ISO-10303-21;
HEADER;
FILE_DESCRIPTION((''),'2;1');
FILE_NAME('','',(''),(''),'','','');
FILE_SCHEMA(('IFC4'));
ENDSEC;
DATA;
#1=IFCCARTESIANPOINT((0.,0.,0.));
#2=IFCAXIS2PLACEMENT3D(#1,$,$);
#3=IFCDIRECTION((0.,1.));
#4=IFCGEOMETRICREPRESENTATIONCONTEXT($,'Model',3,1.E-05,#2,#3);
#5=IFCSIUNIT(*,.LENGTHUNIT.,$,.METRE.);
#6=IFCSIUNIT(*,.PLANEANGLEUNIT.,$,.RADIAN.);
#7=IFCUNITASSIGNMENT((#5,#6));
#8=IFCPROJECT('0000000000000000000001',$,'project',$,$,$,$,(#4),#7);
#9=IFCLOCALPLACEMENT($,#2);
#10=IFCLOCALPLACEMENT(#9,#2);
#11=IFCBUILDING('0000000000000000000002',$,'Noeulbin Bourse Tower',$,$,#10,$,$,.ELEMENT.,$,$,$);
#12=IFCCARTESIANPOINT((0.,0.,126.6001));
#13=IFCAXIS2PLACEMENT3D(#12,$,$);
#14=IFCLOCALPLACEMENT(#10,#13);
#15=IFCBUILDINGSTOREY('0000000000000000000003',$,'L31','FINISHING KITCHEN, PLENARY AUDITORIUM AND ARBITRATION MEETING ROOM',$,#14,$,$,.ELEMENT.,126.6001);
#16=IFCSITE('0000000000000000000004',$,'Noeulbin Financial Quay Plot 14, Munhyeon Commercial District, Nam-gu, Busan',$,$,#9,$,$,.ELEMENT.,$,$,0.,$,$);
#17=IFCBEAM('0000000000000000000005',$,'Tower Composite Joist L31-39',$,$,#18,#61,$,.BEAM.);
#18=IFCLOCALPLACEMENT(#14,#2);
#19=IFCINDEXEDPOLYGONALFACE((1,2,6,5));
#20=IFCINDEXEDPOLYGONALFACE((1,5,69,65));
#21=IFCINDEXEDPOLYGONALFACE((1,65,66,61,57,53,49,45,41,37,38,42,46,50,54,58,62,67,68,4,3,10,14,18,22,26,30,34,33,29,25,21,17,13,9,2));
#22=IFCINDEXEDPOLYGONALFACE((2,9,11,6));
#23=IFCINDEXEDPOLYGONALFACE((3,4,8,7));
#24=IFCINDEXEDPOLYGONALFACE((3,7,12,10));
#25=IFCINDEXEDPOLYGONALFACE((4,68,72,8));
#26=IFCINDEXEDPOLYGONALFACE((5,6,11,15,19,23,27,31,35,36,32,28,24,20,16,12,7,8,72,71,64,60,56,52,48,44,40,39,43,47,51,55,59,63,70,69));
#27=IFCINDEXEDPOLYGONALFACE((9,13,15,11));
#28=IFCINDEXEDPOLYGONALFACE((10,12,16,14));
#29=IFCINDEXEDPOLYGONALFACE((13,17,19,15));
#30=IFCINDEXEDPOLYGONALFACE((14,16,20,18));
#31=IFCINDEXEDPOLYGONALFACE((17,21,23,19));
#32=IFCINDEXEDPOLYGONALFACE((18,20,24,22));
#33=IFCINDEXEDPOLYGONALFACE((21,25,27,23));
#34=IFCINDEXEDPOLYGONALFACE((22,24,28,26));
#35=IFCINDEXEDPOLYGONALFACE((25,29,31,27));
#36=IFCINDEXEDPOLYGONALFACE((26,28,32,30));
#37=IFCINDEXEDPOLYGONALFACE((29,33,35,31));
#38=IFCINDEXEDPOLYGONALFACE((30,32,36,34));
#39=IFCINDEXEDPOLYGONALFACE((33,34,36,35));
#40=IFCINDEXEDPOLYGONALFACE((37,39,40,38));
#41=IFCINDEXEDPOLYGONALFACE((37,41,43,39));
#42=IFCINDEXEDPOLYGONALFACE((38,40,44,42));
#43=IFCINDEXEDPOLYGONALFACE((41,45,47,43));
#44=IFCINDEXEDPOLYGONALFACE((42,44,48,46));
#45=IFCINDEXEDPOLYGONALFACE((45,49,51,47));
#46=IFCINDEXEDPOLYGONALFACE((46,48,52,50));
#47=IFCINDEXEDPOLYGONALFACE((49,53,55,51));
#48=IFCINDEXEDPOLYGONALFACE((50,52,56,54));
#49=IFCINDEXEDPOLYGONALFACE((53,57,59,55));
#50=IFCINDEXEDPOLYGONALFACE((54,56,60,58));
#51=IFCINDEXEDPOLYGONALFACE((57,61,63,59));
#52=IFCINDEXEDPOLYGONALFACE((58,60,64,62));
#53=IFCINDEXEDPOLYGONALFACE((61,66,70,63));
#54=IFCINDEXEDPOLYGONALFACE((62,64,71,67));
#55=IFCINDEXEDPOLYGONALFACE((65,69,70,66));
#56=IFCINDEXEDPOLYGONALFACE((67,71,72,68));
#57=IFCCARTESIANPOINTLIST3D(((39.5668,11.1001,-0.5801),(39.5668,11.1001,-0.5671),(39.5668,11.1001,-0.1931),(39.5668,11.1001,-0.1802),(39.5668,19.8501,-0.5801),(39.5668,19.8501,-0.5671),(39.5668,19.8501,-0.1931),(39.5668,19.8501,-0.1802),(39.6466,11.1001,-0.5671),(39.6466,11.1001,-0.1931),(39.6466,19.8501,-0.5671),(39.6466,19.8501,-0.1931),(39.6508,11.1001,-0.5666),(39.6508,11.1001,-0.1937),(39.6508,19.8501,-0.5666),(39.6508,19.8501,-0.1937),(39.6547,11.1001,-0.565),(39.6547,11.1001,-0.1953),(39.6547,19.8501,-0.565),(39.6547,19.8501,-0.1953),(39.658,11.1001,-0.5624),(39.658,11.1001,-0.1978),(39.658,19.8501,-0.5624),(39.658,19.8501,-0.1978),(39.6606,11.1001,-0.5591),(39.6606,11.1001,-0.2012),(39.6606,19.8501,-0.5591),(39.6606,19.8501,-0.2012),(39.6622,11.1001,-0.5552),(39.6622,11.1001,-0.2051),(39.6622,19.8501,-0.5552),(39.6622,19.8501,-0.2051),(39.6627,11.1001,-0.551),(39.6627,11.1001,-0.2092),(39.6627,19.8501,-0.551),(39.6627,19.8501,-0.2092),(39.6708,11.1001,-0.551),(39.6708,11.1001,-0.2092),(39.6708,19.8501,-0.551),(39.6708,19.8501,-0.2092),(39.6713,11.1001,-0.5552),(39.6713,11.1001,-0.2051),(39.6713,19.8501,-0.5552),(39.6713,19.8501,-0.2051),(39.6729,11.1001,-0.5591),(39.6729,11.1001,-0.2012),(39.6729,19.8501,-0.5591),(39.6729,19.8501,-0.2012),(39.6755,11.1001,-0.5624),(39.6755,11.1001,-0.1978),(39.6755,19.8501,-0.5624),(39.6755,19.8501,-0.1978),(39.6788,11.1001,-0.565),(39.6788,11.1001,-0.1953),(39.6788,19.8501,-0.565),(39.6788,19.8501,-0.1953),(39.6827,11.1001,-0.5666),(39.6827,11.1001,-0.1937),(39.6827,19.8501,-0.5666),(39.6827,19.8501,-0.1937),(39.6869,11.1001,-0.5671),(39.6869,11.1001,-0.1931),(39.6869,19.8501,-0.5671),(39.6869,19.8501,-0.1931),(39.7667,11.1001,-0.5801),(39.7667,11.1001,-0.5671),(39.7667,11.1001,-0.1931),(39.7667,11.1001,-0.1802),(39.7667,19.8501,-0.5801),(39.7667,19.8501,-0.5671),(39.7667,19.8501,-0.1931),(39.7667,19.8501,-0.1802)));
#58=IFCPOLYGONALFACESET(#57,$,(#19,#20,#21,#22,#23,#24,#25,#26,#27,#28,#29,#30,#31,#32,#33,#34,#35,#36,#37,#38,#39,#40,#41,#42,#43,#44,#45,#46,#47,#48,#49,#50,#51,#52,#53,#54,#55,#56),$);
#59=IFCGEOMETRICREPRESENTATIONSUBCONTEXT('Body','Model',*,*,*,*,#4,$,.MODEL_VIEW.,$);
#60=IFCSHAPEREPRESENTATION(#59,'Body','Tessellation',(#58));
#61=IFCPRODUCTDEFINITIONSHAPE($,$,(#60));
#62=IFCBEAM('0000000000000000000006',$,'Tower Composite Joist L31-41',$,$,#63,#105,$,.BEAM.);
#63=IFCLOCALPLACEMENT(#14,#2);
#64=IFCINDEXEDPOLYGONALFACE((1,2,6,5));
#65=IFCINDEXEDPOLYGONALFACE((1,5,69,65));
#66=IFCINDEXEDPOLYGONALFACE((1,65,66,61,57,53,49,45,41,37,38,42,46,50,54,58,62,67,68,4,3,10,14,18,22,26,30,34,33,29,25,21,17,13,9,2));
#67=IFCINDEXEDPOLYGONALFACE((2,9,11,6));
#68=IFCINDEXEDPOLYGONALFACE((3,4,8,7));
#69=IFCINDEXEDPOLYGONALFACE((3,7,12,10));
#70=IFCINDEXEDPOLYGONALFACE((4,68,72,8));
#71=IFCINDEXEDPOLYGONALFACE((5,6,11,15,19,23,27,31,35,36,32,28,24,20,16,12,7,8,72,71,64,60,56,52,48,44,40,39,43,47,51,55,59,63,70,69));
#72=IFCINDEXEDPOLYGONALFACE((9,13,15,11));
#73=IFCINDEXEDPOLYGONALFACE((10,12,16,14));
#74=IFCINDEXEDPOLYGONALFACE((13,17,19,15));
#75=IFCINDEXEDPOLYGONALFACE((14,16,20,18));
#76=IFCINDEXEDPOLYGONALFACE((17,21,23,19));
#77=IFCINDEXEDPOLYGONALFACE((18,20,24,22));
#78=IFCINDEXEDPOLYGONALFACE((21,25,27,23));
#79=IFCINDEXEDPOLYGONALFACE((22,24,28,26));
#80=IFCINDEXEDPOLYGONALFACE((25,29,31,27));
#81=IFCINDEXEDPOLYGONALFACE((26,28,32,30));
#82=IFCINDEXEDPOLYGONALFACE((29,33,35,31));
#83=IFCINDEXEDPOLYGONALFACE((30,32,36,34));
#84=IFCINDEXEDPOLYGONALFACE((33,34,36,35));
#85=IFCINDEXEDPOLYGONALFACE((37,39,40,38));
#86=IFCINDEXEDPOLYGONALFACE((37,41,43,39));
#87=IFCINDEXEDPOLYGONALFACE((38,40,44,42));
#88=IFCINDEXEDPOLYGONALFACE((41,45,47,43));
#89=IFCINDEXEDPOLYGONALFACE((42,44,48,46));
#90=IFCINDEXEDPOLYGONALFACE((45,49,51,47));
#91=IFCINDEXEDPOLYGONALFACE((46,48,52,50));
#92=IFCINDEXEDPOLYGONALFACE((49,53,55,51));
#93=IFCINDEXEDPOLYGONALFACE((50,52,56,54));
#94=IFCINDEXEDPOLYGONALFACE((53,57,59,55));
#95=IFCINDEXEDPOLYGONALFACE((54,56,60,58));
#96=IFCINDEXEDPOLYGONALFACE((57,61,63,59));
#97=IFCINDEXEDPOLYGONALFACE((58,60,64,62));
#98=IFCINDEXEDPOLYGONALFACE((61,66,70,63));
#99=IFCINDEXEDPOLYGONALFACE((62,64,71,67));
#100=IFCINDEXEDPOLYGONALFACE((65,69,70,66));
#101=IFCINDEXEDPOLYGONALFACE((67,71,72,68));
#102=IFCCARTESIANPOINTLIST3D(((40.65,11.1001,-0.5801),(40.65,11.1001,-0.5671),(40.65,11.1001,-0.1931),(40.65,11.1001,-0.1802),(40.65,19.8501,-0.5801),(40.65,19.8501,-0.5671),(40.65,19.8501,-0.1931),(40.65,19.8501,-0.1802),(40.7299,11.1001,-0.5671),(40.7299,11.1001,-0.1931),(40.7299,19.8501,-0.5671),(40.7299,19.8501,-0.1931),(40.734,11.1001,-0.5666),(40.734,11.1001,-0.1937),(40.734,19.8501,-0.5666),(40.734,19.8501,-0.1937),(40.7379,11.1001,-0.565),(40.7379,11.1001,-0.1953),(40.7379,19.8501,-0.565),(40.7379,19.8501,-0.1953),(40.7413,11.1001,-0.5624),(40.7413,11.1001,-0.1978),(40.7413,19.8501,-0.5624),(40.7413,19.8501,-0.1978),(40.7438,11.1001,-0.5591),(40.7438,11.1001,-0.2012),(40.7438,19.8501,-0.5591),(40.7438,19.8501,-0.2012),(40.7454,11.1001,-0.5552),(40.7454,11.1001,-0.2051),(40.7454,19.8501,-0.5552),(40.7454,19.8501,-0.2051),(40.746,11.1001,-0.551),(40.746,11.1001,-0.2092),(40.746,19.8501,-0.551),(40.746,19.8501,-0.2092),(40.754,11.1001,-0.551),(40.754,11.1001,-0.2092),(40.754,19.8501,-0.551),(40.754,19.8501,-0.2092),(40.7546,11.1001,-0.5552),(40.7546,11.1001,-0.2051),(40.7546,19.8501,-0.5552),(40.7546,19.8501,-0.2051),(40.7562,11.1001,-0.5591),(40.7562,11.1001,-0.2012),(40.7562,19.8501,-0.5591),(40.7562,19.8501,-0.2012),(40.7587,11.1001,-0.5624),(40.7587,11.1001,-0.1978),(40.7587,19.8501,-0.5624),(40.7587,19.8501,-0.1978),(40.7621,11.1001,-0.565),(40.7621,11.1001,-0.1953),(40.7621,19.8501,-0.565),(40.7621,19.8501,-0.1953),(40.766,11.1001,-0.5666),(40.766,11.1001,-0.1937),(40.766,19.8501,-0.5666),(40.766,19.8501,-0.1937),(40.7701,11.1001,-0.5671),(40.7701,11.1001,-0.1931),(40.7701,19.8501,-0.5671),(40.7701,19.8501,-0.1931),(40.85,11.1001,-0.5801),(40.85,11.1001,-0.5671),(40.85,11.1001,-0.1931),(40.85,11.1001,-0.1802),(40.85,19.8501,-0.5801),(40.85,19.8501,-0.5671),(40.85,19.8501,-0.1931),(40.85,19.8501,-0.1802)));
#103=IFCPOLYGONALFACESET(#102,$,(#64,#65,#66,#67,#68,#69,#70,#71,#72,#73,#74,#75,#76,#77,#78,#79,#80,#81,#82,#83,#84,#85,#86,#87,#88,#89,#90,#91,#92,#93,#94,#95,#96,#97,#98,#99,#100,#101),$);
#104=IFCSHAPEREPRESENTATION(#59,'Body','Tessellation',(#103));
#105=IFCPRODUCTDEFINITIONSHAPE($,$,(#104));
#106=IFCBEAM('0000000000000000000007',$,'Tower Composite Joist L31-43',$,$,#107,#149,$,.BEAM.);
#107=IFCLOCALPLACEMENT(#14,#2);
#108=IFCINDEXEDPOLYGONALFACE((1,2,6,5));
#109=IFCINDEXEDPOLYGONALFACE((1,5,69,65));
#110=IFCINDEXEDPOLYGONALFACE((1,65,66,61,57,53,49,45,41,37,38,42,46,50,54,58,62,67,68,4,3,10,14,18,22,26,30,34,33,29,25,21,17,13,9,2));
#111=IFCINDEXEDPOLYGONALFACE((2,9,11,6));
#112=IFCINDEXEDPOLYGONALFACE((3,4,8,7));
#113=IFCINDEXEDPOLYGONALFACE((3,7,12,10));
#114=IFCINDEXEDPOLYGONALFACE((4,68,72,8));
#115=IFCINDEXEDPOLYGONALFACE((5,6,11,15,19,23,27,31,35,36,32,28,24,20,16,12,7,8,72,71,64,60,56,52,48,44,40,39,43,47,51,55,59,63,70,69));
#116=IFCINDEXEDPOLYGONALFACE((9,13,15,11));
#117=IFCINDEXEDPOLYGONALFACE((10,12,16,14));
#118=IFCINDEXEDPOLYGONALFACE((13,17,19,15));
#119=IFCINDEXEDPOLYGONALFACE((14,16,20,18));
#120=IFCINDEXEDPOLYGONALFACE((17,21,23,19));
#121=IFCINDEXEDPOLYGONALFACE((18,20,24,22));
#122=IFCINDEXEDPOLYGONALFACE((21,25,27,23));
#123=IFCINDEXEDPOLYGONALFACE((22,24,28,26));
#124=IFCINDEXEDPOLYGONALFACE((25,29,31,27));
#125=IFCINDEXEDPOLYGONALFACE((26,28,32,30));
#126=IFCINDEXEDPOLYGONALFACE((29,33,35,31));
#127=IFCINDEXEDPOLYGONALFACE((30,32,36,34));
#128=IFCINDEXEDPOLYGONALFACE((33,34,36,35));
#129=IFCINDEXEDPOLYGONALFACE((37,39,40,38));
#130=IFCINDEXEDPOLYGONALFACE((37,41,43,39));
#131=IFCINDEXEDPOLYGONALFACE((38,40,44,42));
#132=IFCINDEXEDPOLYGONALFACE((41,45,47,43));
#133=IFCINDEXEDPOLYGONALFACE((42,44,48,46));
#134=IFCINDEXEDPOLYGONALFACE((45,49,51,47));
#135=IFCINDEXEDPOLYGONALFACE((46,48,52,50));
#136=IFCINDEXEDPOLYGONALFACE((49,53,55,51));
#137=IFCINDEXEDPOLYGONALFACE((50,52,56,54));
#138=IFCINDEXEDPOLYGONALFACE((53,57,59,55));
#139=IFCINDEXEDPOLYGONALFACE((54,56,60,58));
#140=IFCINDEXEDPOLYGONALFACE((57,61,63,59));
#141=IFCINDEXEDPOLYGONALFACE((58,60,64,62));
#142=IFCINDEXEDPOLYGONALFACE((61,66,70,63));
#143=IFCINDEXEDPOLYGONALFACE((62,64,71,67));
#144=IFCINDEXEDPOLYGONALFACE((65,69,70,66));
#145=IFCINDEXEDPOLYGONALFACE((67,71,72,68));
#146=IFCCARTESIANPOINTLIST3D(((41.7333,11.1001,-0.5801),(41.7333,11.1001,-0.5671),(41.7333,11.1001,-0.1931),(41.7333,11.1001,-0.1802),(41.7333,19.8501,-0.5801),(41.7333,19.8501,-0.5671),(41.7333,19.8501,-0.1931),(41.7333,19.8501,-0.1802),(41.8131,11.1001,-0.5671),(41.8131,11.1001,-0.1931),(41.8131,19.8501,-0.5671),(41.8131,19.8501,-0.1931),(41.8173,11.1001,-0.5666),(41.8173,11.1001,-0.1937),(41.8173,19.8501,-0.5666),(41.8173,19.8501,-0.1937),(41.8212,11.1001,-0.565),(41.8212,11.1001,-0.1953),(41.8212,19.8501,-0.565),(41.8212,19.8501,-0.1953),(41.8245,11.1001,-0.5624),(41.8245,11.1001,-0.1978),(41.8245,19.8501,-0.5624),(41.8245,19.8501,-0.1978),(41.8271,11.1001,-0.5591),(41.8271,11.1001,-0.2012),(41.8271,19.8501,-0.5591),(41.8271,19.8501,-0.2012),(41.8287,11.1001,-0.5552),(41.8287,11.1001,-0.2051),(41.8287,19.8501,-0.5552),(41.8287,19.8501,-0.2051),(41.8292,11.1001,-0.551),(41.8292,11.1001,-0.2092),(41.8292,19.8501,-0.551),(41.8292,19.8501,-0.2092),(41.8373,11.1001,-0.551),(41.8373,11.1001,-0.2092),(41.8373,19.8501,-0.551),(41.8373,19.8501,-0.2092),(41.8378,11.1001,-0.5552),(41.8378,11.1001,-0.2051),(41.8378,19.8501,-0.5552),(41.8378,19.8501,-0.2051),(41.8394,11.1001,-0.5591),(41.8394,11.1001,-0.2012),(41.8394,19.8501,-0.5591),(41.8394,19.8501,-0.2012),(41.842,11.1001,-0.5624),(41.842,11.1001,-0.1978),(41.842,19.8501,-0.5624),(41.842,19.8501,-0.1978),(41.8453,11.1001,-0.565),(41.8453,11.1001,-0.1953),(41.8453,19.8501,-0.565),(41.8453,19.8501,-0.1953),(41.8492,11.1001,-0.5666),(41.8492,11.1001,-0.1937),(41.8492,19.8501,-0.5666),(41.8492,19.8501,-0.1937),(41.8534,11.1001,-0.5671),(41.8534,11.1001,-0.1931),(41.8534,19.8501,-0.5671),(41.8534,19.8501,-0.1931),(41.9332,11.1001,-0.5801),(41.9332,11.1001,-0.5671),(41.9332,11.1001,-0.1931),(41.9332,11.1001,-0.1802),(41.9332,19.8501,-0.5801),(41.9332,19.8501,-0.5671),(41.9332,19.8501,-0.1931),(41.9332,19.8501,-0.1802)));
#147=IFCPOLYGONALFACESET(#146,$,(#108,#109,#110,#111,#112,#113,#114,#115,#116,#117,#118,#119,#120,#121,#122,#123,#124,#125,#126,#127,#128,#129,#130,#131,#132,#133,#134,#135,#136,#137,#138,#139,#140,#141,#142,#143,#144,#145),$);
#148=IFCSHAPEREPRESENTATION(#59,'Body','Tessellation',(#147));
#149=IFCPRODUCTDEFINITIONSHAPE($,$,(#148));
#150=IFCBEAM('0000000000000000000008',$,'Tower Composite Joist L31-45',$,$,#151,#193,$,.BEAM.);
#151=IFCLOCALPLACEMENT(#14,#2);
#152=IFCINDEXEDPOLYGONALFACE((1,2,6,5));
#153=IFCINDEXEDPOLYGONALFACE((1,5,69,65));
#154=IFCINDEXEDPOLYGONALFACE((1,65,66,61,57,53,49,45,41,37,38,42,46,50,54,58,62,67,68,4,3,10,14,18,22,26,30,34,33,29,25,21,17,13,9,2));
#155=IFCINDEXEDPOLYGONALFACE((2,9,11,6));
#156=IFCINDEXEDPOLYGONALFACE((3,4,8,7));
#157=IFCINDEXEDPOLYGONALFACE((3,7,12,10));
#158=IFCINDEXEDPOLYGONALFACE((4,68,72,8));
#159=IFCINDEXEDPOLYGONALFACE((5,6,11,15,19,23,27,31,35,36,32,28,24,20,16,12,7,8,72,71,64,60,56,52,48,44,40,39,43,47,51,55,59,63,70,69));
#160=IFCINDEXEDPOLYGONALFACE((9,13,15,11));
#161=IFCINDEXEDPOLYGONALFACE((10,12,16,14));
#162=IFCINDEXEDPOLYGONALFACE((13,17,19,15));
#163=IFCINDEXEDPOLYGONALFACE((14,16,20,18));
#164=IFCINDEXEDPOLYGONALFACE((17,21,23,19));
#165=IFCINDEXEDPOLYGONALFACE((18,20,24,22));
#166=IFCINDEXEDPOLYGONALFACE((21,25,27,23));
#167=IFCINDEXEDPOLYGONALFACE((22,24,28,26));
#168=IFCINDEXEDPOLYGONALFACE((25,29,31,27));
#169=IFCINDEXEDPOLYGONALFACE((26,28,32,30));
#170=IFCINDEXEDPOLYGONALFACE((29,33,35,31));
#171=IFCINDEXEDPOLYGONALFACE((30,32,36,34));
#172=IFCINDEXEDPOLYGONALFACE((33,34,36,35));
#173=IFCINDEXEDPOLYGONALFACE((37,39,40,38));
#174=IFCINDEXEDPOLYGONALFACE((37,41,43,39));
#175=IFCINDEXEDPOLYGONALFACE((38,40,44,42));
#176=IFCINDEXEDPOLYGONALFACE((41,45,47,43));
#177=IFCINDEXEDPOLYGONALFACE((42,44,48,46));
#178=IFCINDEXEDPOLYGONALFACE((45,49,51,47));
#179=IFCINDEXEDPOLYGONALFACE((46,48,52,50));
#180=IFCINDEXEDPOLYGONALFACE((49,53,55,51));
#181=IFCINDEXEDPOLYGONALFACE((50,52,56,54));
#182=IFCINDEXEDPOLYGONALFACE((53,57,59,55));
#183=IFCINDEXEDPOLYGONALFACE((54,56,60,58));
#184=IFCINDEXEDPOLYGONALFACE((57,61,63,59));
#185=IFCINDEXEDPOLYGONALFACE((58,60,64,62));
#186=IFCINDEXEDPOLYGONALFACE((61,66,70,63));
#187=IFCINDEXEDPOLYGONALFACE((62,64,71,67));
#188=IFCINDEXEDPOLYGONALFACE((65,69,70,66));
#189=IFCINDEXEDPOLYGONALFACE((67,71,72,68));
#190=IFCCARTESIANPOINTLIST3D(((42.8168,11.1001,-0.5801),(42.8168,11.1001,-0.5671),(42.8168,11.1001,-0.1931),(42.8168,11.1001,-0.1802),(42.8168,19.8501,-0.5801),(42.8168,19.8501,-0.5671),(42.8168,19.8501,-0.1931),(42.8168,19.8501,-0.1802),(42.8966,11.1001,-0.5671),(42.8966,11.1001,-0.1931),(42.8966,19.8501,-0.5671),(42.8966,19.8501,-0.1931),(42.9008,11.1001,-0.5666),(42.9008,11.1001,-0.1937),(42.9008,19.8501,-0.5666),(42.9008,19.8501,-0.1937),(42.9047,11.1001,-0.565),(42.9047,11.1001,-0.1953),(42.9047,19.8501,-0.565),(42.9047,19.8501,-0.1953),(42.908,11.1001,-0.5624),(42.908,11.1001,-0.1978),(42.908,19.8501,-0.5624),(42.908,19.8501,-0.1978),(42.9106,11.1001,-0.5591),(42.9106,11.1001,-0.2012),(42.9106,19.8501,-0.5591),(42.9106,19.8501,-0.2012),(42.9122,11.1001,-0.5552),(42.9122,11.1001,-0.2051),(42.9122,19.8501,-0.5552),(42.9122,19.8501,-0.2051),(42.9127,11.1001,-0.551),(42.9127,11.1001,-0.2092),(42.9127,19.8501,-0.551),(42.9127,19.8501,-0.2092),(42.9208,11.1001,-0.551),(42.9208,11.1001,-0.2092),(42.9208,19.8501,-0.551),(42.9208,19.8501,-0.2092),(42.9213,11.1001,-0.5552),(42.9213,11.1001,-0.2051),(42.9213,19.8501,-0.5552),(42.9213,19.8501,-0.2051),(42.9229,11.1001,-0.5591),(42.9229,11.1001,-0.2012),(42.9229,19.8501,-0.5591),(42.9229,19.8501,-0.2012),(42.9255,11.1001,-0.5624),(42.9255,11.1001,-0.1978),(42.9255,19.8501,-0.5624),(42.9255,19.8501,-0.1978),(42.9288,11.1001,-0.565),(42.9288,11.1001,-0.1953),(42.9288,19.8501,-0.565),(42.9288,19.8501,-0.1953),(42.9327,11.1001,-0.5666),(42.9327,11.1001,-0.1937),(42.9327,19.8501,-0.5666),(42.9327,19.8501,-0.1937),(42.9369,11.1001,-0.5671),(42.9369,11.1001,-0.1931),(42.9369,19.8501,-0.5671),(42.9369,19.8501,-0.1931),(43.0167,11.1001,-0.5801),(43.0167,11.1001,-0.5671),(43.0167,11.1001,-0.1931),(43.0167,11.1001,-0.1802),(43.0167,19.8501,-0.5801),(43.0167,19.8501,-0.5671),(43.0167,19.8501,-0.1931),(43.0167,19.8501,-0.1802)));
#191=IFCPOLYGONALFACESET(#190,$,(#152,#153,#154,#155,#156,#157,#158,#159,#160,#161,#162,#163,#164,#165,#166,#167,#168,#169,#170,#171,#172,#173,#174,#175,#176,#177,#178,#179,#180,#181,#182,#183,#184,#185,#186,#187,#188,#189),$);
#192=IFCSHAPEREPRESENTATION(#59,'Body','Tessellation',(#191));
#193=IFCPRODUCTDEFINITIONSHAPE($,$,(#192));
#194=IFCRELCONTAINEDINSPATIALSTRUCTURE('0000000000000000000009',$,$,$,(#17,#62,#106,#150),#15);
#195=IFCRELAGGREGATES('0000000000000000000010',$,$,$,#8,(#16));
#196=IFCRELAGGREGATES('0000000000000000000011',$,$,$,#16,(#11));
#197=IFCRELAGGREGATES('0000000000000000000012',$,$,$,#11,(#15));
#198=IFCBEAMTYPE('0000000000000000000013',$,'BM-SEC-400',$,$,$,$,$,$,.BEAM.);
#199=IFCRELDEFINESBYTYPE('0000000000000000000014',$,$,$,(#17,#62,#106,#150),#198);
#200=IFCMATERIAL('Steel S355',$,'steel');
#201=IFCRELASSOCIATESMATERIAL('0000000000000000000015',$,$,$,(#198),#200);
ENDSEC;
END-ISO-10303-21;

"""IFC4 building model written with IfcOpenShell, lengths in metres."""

from ifc_helpers import new_model, si_unit, direction, frame, origin, origin_2d, place, context, subcontext, project, spatial, i_section, extrude, material, material_profile, profile_set, type_object, element, save


model = new_model("IFC4")

# Units and contexts
model_context = context("Model", 3, precision=1e-05, world=origin(), true_north=direction((0.0, 1.0)))
body_context = subcontext(model_context, "Body", "Model", "MODEL_VIEW")
ifc_project = project(units=[si_unit("LENGTHUNIT", "METRE"), si_unit("PLANEANGLEUNIT", "RADIAN")], contexts=[model_context])

# Site, building, storey
site_placement = place(None, origin())
site = spatial("IfcSite", under=ifc_project, at=site_placement, Name="Noeulbin Financial Quay Plot 14, Munhyeon Commercial District, Nam-gu, Busan", CompositionType="ELEMENT", RefElevation=0.0)
building_placement = place(site_placement, origin())
building = spatial("IfcBuilding", under=site, at=building_placement, Name="Noeulbin Bourse Tower", CompositionType="ELEMENT")
storey_placement = place(building_placement, frame((0.0, 0.0, 126.6001)))
storey = spatial("IfcBuildingStorey", under=building, at=storey_placement, Name="L31", Description="FINISHING KITCHEN, PLENARY AUDITORIUM AND ARBITRATION MEETING ROOM", CompositionType="ELEMENT", Elevation=126.6001)

# Shared definitions
ifc_material_1 = material(Name="Steel S355", Category="steel")

# Beams
ifc_material_profile_1 = material_profile(ifc_material_1, i_section(OverallWidth=0.2, OverallDepth=0.3999, WebThickness=0.0081, FlangeThickness=0.0129, FilletRadius=0.0161, at=origin_2d()), Name="H-400x200x8x13", Category="LoadBearing")
ifc_profile_set_1 = profile_set([ifc_material_profile_1], Name="Steel S355")
beam_type_1 = type_object("IfcBeamType", Name="BM-SEC-400", PredefinedType="BEAM", material=ifc_profile_set_1)
for number, where, z_axis, x_axis, name in (
    (1, (39.6667, 11.1001, -0.3801), (0.0, 1.0, 0.0), (-1.0, 0.0, 0.0), "Tower Composite Joist L31-39"),
    (2, (40.75, 11.1001, -0.3801), (0.0, 1.0, 0.0), (-1.0, 0.0, 0.0), "Tower Composite Joist L31-41"),
    (3, (41.8333, 11.1001, -0.3801), (0.0, 1.0, 0.0), (-1.0, 0.0, 0.0), "Tower Composite Joist L31-43"),
    (4, (42.9167, 11.1001, -0.3801), (0.0, 1.0, 0.0), (-1.0, 0.0, 0.0), "Tower Composite Joist L31-45"),
):
    element("IfcBeam", number, at=place(storey_placement, frame(where, z_axis=z_axis, x_axis=x_axis)), inside=storey, type_object=beam_type_1, Name=name, PredefinedType="BEAM", context=body_context, shape_type="SweptSolid", body=[
        extrude(i_section(OverallWidth=0.2, OverallDepth=0.3999, WebThickness=0.0081, FlangeThickness=0.0129, FilletRadius=0.0161, at=origin_2d()), origin(), (0.0, 0.0, 1.0), 8.75),
    ])

save(model, "model.ifc")
